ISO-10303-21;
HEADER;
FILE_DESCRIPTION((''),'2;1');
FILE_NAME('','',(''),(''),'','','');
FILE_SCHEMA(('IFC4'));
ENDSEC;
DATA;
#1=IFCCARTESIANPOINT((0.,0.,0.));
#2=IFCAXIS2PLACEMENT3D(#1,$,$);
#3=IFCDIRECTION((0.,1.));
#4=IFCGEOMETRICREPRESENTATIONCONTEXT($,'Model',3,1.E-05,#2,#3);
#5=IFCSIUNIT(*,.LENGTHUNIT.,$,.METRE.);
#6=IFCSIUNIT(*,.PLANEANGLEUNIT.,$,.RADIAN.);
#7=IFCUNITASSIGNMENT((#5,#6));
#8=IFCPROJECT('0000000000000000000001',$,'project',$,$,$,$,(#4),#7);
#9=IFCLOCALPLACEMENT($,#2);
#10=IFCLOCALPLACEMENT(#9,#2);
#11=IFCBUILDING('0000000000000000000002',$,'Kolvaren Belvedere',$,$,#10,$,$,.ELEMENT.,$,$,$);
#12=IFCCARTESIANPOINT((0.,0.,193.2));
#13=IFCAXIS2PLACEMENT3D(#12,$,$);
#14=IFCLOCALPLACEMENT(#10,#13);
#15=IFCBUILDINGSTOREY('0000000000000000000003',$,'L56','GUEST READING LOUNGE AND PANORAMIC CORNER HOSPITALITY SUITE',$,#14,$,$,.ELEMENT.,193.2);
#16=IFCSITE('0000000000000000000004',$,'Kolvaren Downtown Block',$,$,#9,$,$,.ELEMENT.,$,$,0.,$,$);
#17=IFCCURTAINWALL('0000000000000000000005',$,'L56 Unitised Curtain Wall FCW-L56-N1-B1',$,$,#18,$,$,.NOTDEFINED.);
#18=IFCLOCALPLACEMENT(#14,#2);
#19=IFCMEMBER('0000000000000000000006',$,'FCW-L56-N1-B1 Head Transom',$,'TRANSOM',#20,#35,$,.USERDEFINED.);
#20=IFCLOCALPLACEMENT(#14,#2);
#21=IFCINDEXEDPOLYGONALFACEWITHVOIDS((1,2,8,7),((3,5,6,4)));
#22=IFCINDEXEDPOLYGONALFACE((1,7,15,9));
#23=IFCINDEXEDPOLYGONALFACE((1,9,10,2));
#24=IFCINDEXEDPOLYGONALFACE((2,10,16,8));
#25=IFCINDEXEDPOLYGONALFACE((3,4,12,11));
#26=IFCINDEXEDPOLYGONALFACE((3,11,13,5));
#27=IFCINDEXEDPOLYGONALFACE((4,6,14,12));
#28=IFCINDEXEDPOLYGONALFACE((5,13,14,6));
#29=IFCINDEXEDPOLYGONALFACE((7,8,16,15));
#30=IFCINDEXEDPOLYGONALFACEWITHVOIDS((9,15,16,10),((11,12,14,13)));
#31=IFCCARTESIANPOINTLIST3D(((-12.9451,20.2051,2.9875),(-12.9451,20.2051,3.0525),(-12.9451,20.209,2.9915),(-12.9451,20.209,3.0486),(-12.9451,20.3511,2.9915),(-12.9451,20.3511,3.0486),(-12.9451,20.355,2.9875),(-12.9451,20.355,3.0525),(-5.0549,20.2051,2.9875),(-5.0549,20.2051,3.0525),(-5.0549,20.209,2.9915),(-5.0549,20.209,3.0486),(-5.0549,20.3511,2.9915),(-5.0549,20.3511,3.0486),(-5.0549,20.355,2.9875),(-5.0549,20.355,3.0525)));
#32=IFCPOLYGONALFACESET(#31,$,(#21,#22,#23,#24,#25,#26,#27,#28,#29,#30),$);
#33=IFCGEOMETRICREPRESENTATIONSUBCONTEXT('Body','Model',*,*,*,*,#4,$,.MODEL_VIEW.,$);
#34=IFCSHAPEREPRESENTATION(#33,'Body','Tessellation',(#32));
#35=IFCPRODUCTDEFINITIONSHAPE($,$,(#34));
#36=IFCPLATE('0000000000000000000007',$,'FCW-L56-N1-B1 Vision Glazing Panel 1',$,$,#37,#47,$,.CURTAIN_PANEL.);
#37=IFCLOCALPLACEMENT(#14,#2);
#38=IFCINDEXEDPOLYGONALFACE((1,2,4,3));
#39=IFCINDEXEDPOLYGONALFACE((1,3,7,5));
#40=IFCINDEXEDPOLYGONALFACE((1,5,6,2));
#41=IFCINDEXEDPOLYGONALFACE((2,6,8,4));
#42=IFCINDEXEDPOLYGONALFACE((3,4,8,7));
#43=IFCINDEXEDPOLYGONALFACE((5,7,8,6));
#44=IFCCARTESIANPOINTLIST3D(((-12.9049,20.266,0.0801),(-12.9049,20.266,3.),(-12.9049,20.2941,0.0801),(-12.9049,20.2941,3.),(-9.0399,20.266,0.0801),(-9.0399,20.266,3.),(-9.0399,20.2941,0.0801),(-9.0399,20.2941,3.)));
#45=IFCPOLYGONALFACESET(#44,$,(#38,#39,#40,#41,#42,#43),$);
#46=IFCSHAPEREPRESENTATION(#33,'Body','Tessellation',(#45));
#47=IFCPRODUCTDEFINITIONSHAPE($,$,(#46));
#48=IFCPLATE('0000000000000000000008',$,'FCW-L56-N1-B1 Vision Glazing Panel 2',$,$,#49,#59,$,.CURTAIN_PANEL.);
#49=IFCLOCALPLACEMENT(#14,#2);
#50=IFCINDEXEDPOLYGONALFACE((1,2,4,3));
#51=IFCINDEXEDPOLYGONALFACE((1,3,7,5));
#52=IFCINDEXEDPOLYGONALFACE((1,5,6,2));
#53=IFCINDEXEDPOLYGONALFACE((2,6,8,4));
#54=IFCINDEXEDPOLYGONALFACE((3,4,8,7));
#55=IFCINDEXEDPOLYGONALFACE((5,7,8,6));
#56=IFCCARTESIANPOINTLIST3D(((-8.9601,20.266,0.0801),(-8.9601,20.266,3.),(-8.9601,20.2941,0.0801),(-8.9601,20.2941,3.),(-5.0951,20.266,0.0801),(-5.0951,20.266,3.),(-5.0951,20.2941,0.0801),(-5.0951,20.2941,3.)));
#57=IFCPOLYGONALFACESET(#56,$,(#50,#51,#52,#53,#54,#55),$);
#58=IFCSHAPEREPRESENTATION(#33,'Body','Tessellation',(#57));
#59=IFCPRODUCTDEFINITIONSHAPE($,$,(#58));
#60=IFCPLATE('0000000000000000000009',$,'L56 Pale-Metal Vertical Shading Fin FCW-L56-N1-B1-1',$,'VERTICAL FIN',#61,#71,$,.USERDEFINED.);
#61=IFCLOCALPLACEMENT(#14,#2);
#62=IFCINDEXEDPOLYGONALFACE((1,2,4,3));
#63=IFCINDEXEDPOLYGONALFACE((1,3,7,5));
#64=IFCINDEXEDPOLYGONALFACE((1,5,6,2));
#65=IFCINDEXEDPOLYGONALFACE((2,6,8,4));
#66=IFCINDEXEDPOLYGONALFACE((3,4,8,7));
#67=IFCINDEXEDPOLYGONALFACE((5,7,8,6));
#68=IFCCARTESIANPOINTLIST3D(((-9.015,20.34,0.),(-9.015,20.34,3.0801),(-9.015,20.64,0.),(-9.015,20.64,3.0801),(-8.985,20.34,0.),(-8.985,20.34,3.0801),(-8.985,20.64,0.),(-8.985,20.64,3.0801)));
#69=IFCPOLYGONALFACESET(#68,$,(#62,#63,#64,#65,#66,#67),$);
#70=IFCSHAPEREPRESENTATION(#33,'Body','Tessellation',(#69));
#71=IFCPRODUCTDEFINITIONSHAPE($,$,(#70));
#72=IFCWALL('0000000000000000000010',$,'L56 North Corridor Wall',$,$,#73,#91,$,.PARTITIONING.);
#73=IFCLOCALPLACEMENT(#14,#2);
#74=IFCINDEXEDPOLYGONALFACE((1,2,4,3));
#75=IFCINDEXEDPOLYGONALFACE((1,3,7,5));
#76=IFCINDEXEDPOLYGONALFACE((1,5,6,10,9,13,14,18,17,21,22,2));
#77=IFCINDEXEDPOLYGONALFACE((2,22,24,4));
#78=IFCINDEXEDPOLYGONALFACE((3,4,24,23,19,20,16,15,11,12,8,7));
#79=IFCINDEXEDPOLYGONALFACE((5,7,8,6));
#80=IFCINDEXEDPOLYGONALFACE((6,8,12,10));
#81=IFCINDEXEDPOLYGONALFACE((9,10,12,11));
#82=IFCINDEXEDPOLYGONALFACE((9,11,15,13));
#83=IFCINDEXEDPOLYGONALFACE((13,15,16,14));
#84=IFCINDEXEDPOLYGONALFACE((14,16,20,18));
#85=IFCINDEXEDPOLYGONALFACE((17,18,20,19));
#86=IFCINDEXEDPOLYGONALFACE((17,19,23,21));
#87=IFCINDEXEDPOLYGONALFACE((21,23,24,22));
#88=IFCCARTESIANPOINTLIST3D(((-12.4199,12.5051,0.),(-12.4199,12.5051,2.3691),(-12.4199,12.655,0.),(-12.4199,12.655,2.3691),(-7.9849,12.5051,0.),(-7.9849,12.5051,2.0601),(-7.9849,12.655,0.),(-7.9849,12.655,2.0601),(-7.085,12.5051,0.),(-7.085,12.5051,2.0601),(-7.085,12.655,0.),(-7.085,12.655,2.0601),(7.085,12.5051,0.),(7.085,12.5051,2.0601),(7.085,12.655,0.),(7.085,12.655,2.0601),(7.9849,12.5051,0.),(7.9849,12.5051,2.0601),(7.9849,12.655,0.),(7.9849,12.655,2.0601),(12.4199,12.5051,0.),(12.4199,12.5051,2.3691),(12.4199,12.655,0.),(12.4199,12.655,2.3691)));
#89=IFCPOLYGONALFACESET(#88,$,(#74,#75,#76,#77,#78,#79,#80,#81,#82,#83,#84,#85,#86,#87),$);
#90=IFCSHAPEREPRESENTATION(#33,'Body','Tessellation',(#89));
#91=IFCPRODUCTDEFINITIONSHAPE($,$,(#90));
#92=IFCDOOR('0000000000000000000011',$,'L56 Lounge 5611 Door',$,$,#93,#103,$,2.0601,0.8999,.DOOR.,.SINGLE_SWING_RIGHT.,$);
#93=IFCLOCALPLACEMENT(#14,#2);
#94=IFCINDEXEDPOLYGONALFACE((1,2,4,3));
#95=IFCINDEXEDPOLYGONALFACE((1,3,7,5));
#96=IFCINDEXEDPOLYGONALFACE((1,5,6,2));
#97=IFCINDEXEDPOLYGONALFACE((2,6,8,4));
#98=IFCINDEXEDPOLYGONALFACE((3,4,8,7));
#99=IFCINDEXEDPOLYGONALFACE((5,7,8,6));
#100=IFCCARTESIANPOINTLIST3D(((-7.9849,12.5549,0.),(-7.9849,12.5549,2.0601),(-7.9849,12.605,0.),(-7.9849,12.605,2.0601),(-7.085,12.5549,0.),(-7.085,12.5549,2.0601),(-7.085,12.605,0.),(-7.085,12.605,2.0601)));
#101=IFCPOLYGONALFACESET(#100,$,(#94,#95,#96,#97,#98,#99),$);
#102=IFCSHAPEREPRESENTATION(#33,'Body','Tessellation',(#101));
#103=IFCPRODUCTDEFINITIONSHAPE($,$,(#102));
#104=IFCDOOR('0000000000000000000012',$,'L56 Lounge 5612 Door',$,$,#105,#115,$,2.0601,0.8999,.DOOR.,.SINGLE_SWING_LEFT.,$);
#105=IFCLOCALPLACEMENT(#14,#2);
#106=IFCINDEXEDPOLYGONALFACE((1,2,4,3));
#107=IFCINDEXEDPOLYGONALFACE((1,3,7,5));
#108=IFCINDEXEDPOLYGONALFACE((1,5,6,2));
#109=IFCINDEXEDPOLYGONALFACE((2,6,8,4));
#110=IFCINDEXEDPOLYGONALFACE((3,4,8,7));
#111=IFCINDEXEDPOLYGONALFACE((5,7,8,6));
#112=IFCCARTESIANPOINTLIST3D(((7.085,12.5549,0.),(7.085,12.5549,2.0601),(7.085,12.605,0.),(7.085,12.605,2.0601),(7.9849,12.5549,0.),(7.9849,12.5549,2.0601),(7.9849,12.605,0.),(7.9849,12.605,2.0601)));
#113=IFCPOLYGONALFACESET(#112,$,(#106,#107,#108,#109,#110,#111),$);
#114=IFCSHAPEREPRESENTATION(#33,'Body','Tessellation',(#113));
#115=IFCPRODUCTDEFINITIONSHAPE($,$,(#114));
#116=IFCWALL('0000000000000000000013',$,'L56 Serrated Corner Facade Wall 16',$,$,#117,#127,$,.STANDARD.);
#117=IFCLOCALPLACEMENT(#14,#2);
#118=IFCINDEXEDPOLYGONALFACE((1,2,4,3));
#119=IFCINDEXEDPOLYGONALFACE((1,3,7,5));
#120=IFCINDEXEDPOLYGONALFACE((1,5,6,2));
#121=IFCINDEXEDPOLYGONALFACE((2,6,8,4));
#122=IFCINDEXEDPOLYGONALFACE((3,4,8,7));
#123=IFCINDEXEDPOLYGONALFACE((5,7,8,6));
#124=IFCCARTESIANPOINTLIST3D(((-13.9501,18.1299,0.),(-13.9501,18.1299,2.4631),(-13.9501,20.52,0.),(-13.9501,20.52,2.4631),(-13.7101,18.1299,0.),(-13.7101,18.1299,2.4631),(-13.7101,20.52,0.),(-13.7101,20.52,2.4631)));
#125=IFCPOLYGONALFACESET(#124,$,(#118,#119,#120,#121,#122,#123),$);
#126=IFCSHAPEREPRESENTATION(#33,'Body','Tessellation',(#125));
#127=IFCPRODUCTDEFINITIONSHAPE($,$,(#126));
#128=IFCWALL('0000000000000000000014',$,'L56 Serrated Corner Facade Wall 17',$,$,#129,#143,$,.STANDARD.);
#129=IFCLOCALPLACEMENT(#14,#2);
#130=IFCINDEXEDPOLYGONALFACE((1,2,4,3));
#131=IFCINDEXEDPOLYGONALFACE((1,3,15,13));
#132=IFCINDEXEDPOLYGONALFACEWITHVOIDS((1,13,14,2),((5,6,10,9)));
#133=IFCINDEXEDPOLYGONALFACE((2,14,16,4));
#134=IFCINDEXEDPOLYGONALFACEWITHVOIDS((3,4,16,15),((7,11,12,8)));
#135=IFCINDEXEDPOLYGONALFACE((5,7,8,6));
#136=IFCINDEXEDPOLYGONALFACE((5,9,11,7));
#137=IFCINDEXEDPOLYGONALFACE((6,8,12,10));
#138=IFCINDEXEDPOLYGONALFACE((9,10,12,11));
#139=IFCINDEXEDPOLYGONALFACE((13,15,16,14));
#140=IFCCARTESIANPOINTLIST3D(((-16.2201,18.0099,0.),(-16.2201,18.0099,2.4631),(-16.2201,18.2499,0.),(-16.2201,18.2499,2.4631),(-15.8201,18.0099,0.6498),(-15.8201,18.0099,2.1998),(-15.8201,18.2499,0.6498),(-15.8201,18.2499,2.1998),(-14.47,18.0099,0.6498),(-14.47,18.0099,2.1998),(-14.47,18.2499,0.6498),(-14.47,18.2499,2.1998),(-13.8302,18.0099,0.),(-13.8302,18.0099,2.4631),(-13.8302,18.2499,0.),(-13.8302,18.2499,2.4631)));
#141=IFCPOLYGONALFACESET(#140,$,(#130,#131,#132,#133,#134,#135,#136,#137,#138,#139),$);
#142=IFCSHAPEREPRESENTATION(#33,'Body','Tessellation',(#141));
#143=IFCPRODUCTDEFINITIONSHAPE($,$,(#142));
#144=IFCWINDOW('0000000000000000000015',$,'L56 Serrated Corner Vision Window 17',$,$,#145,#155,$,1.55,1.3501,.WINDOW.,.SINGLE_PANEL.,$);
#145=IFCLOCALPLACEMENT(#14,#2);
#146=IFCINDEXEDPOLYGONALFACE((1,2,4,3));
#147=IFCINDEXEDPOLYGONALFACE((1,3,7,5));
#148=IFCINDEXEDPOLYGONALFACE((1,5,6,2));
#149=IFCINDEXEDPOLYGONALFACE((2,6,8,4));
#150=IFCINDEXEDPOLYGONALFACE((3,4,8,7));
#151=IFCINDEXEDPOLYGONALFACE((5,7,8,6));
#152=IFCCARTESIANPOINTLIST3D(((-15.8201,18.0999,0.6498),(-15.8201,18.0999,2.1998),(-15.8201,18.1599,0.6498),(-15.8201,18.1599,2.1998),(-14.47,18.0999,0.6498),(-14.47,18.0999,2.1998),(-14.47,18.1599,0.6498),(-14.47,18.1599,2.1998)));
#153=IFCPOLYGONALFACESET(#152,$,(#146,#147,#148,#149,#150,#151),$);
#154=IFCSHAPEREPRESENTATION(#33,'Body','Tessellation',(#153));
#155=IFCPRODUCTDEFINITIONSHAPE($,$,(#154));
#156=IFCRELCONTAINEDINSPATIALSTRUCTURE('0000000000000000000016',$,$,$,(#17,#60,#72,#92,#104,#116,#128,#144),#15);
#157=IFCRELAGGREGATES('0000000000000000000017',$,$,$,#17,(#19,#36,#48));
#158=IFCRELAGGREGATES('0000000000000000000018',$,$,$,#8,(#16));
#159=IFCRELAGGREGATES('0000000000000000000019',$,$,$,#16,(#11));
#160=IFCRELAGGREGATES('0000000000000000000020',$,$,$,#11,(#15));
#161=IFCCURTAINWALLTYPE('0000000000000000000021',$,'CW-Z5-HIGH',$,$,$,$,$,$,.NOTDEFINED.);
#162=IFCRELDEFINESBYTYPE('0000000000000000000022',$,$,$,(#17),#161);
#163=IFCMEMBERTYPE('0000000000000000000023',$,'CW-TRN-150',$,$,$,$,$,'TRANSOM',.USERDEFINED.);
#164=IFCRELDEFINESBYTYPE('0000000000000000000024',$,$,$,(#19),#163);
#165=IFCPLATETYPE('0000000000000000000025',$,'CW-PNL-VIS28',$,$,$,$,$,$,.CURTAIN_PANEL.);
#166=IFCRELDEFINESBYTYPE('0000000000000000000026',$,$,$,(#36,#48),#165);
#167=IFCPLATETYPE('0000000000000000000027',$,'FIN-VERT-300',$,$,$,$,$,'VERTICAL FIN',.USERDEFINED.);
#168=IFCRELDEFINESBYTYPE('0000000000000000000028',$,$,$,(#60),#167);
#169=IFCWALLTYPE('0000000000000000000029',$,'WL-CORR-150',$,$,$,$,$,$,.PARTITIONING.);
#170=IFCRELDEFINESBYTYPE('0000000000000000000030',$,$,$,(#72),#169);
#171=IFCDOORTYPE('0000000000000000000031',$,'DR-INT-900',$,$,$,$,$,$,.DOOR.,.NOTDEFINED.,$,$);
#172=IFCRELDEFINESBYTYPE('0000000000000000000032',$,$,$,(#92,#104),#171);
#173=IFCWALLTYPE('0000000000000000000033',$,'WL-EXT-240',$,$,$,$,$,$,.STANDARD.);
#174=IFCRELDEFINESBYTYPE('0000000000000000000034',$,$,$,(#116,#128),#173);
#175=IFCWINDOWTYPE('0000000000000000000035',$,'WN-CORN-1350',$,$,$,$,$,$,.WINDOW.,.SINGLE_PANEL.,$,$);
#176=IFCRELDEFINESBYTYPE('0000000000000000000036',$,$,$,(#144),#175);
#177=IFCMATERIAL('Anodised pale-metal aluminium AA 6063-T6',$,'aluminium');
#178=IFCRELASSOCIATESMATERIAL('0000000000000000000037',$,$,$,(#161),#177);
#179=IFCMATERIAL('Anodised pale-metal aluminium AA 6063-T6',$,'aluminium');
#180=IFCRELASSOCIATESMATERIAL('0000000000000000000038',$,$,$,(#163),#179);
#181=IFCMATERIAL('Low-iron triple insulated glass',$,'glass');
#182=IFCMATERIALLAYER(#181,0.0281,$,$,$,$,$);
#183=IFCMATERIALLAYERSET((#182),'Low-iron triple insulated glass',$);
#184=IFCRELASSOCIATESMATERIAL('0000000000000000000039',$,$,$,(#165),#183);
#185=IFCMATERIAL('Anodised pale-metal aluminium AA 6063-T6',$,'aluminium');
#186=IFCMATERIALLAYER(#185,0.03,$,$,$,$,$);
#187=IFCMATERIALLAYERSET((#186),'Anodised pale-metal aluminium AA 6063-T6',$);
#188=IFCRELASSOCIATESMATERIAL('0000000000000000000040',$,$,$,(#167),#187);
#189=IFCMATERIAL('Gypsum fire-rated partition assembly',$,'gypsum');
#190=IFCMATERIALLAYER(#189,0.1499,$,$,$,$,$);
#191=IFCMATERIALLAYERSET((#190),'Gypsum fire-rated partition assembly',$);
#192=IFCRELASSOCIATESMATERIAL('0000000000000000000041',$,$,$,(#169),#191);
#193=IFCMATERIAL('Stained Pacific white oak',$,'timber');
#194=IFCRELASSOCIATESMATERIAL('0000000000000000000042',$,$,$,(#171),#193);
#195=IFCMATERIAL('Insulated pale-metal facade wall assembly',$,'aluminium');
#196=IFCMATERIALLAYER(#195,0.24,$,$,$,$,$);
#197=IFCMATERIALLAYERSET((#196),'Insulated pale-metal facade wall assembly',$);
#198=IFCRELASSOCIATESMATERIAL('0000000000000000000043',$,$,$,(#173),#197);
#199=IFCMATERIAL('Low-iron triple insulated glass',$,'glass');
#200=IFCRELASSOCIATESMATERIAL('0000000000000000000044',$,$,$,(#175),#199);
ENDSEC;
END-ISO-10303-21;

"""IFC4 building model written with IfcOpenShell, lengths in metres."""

from ifc_helpers import new_model, si_unit, direction, frame, frame_2d, origin, origin_2d, place, context, subcontext, project, spatial, rectangle, hollow_rectangle, extrude, material, layer, layer_set, material_profile, profile_set, type_object, element, fill, aggregate, save


model = new_model("IFC4")

# Units and contexts
model_context = context("Model", 3, precision=1e-05, world=origin(), true_north=direction((0.0, 1.0)))
body_context = subcontext(model_context, "Body", "Model", "MODEL_VIEW")
ifc_project = project(units=[si_unit("LENGTHUNIT", "METRE"), si_unit("PLANEANGLEUNIT", "RADIAN")], contexts=[model_context])

# Site, building, storey
site_placement = place(None, origin())
site = spatial("IfcSite", under=ifc_project, at=site_placement, Name="Kolvaren Downtown Block", CompositionType="ELEMENT", RefElevation=0.0)
building_placement = place(site_placement, origin())
building = spatial("IfcBuilding", under=site, at=building_placement, Name="Kolvaren Belvedere", CompositionType="ELEMENT")
storey_placement = place(building_placement, frame((0.0, 0.0, 193.2)))
storey = spatial("IfcBuildingStorey", under=building, at=storey_placement, Name="L56", Description="GUEST READING LOUNGE AND PANORAMIC CORNER HOSPITALITY SUITE", CompositionType="ELEMENT", Elevation=193.2)

# Curtain wall
ifc_material_1 = material(Name="Anodised pale-metal aluminium AA 6063-T6", Category="aluminium")
curtain_wall_type = type_object("IfcCurtainWallType", Name="CW-Z5-HIGH", PredefinedType="NOTDEFINED", material=ifc_material_1)
curtain_wall_1_placement = place(storey_placement, origin())
curtain_wall_1 = element("IfcCurtainWall", 1, at=curtain_wall_1_placement, inside=storey, type_object=curtain_wall_type, Name="L56 Unitised Curtain Wall FCW-L56-N1-B1", PredefinedType="NOTDEFINED")

# Member
ifc_material_2 = material(Name="Anodised pale-metal aluminium AA 6063-T6", Category="aluminium")
ifc_material_profile_1 = material_profile(ifc_material_2, hollow_rectangle(XDim=0.0649, YDim=0.1499, WallThickness=0.0039, at=origin_2d()), Name="ALU-TRN-150X65")
ifc_profile_set_1 = profile_set([ifc_material_profile_1], Name="Anodised pale-metal aluminium AA 6063-T6")
member_type_1 = type_object("IfcMemberType", Name="CW-TRN-150", ElementType="TRANSOM", PredefinedType="USERDEFINED", material=ifc_profile_set_1)
member_1_placement = place(storey_placement, frame((-12.9451, 20.28, 3.02), z_axis=(1.0, 0.0, 0.0), x_axis=(0.0, 0.0, 1.0)))
member_1 = element("IfcMember", 2, at=member_1_placement, type_object=member_type_1, Name="FCW-L56-N1-B1 Head Transom", ObjectType="TRANSOM", PredefinedType="USERDEFINED", context=body_context, shape_type="SweptSolid", body=[
    extrude(hollow_rectangle(XDim=0.0649, YDim=0.1499, WallThickness=0.0039, at=origin_2d()), origin(), (0.0, 0.0, 1.0), 7.8901),
])

# Plates
ifc_material_3 = material(Name="Low-iron triple insulated glass", Category="glass")
ifc_layer_1 = layer(ifc_material_3, 0.0281)
ifc_layer_set_1 = layer_set([ifc_layer_1], Name="Low-iron triple insulated glass")
plate_type_1 = type_object("IfcPlateType", Name="CW-PNL-VIS28", PredefinedType="CURTAIN_PANEL", material=ifc_layer_set_1)
plate_1_placement = place(storey_placement, frame((-10.9724, 20.28, 0.0801), z_axis=(0.0, 0.0, 1.0), x_axis=(1.0, 0.0, 0.0)))
plate_1 = element("IfcPlate", 3, at=plate_1_placement, type_object=plate_type_1, Name="FCW-L56-N1-B1 Vision Glazing Panel 1", PredefinedType="CURTAIN_PANEL", context=body_context, shape_type="SweptSolid", body=[
    extrude(rectangle(XDim=3.865, YDim=0.0281, at=origin_2d()), origin(), (0.0, 0.0, 1.0), 2.9199),
])
plate_2_placement = place(storey_placement, frame((-7.0276, 20.28, 0.0801), z_axis=(0.0, 0.0, 1.0), x_axis=(1.0, 0.0, 0.0)))
plate_2 = element("IfcPlate", 4, at=plate_2_placement, type_object=plate_type_1, Name="FCW-L56-N1-B1 Vision Glazing Panel 2", PredefinedType="CURTAIN_PANEL", context=body_context, shape_type="SweptSolid", body=[
    extrude(rectangle(XDim=3.865, YDim=0.0281, at=origin_2d()), origin(), (0.0, 0.0, 1.0), 2.9199),
])
aggregate(curtain_wall_1, [member_1, plate_1, plate_2])
ifc_material_4 = material(Name="Anodised pale-metal aluminium AA 6063-T6", Category="aluminium")
ifc_layer_2 = layer(ifc_material_4, 0.03)
ifc_layer_set_2 = layer_set([ifc_layer_2], Name="Anodised pale-metal aluminium AA 6063-T6")
plate_type_2 = type_object("IfcPlateType", Name="FIN-VERT-300", ElementType="VERTICAL FIN", PredefinedType="USERDEFINED", material=ifc_layer_set_2)
plate_3_placement = place(storey_placement, frame((-9.0, 20.49, 0.0), z_axis=(0.0, 0.0, 1.0), x_axis=(0.0, 1.0, 0.0)))
element("IfcPlate", 5, at=plate_3_placement, inside=storey, type_object=plate_type_2, Name="L56 Pale-Metal Vertical Shading Fin FCW-L56-N1-B1-1", ObjectType="VERTICAL FIN", PredefinedType="USERDEFINED", context=body_context, shape_type="SweptSolid", body=[
    extrude(rectangle(XDim=0.3, YDim=0.03, at=origin_2d()), origin(), (0.0, 0.0, 1.0), 3.0801),
])

# Wall, openings, doors
ifc_material_5 = material(Name="Gypsum fire-rated partition assembly", Category="gypsum")
ifc_layer_3 = layer(ifc_material_5, 0.1499)
ifc_layer_set_3 = layer_set([ifc_layer_3], Name="Gypsum fire-rated partition assembly")
wall_type_1 = type_object("IfcWallType", Name="WL-CORR-150", PredefinedType="PARTITIONING", material=ifc_layer_set_3)
wall_1_placement = place(storey_placement, frame((-12.4199, 12.5801, 0.0), z_axis=(0.0, 0.0, 1.0), x_axis=(1.0, 0.0, 0.0)))
wall_1 = element("IfcWall", 6, at=wall_1_placement, inside=storey, type_object=wall_type_1, Name="L56 North Corridor Wall", PredefinedType="PARTITIONING", context=body_context, shape_type="SweptSolid", body=[
    extrude(rectangle(XDim=24.8398, YDim=0.1499, at=frame_2d((12.4199, 0.0))), origin(), (0.0, 0.0, 1.0), 2.3691),
])
opening_1_placement = place(wall_1_placement, frame((4.4351, 0.0, 0.0)))
opening_1 = element("IfcOpeningElement", 7, at=opening_1_placement, cuts=wall_1, PredefinedType="OPENING", context=body_context, shape_type="SweptSolid", body=[
    extrude(rectangle(XDim=0.8999, YDim=2.0601, at=frame_2d((0.45, 1.03))), frame((0.0, 0.085, 0.0), z_axis=(0.0, -1.0, 0.0), x_axis=(1.0, 0.0, 0.0)), (0.0, 0.0, 1.0), 0.1699),
])
opening_2_placement = place(wall_1_placement, frame((19.5049, 0.0, 0.0)))
opening_2 = element("IfcOpeningElement", 8, at=opening_2_placement, cuts=wall_1, PredefinedType="OPENING", context=body_context, shape_type="SweptSolid", body=[
    extrude(rectangle(XDim=0.8999, YDim=2.0601, at=frame_2d((0.45, 1.03))), frame((0.0, 0.085, 0.0), z_axis=(0.0, -1.0, 0.0), x_axis=(1.0, 0.0, 0.0)), (0.0, 0.0, 1.0), 0.1699),
])
ifc_material_6 = material(Name="Stained Pacific white oak", Category="timber")
door_type = type_object("IfcDoorType", Name="DR-INT-900", OperationType="NOTDEFINED", PredefinedType="DOOR", material=ifc_material_6)
door_1_placement = place(opening_1_placement, origin())
door_1 = element("IfcDoor", 9, at=door_1_placement, inside=storey, type_object=door_type, Name="L56 Lounge 5611 Door", OperationType="SINGLE_SWING_RIGHT", OverallHeight=2.0601, OverallWidth=0.8999, PredefinedType="DOOR", context=body_context, shape_type="SweptSolid", body=[
    extrude(rectangle(XDim=0.8999, YDim=2.0601, at=frame_2d((0.45, 1.03))), frame((0.0, 0.0249, 0.0), z_axis=(0.0, -1.0, 0.0), x_axis=(1.0, 0.0, 0.0)), (0.0, 0.0, 1.0), 0.05),
])
fill(opening_1, door_1)
door_2_placement = place(opening_2_placement, origin())
door_2 = element("IfcDoor", 10, at=door_2_placement, inside=storey, type_object=door_type, Name="L56 Lounge 5612 Door", OperationType="SINGLE_SWING_LEFT", OverallHeight=2.0601, OverallWidth=0.8999, PredefinedType="DOOR", context=body_context, shape_type="SweptSolid", body=[
    extrude(rectangle(XDim=0.8999, YDim=2.0601, at=frame_2d((0.45, 1.03))), frame((0.0, 0.0249, 0.0), z_axis=(0.0, -1.0, 0.0), x_axis=(1.0, 0.0, 0.0)), (0.0, 0.0, 1.0), 0.05),
])
fill(opening_2, door_2)

# Wall
ifc_material_7 = material(Name="Insulated pale-metal facade wall assembly", Category="aluminium")
ifc_layer_4 = layer(ifc_material_7, 0.24)
ifc_layer_set_4 = layer_set([ifc_layer_4], Name="Insulated pale-metal facade wall assembly")
wall_type_2 = type_object("IfcWallType", Name="WL-EXT-240", PredefinedType="STANDARD", material=ifc_layer_set_4)
wall_2_placement = place(storey_placement, frame((-13.8301, 18.1299, 0.0), z_axis=(0.0, 0.0, 1.0), x_axis=(0.0, 1.0, 0.0)))
element("IfcWall", 11, at=wall_2_placement, inside=storey, type_object=wall_type_2, Name="L56 Serrated Corner Facade Wall 16", PredefinedType="STANDARD", context=body_context, shape_type="SweptSolid", body=[
    extrude(rectangle(XDim=2.3901, YDim=0.24, at=frame_2d((1.1951, 0.0))), origin(), (0.0, 0.0, 1.0), 2.4631),
])

# Wall, opening, window
wall_3_placement = place(storey_placement, frame((-16.22, 18.1299, 0.0), z_axis=(0.0, 0.0, 1.0), x_axis=(1.0, 0.0, 0.0)))
wall_3 = element("IfcWall", 12, at=wall_3_placement, inside=storey, type_object=wall_type_2, Name="L56 Serrated Corner Facade Wall 17", PredefinedType="STANDARD", context=body_context, shape_type="SweptSolid", body=[
    extrude(rectangle(XDim=2.3899, YDim=0.24, at=frame_2d((1.1948, 0.0))), origin(), (0.0, 0.0, 1.0), 2.4631),
])
opening_3_placement = place(wall_3_placement, frame((0.3999, 0.0, 0.6499)))
opening_3 = element("IfcOpeningElement", 13, at=opening_3_placement, cuts=wall_3, PredefinedType="OPENING", context=body_context, shape_type="SweptSolid", body=[
    extrude(rectangle(XDim=1.3501, YDim=1.55, at=frame_2d((0.675, 0.7749))), frame((0.0, 0.1299, 0.0), z_axis=(0.0, -1.0, 0.0), x_axis=(1.0, 0.0, 0.0)), (0.0, 0.0, 1.0), 0.26),
])
ifc_material_8 = material(Name="Low-iron triple insulated glass", Category="glass")
window_type_1 = type_object("IfcWindowType", Name="WN-CORN-1350", PartitioningType="SINGLE_PANEL", PredefinedType="WINDOW", material=ifc_material_8)
window_1_placement = place(opening_3_placement, origin())
window_1 = element("IfcWindow", 14, at=window_1_placement, inside=storey, type_object=window_type_1, Name="L56 Serrated Corner Vision Window 17", OverallHeight=1.55, OverallWidth=1.3501, PartitioningType="SINGLE_PANEL", PredefinedType="WINDOW", context=body_context, shape_type="SweptSolid", body=[
    extrude(rectangle(XDim=1.3501, YDim=1.55, at=frame_2d((0.675, 0.7749))), frame((0.0, 0.03, 0.0), z_axis=(0.0, -1.0, 0.0), x_axis=(1.0, 0.0, 0.0)), (0.0, 0.0, 1.0), 0.0601),
])
fill(opening_3, window_1)

save(model, "model.ifc")
